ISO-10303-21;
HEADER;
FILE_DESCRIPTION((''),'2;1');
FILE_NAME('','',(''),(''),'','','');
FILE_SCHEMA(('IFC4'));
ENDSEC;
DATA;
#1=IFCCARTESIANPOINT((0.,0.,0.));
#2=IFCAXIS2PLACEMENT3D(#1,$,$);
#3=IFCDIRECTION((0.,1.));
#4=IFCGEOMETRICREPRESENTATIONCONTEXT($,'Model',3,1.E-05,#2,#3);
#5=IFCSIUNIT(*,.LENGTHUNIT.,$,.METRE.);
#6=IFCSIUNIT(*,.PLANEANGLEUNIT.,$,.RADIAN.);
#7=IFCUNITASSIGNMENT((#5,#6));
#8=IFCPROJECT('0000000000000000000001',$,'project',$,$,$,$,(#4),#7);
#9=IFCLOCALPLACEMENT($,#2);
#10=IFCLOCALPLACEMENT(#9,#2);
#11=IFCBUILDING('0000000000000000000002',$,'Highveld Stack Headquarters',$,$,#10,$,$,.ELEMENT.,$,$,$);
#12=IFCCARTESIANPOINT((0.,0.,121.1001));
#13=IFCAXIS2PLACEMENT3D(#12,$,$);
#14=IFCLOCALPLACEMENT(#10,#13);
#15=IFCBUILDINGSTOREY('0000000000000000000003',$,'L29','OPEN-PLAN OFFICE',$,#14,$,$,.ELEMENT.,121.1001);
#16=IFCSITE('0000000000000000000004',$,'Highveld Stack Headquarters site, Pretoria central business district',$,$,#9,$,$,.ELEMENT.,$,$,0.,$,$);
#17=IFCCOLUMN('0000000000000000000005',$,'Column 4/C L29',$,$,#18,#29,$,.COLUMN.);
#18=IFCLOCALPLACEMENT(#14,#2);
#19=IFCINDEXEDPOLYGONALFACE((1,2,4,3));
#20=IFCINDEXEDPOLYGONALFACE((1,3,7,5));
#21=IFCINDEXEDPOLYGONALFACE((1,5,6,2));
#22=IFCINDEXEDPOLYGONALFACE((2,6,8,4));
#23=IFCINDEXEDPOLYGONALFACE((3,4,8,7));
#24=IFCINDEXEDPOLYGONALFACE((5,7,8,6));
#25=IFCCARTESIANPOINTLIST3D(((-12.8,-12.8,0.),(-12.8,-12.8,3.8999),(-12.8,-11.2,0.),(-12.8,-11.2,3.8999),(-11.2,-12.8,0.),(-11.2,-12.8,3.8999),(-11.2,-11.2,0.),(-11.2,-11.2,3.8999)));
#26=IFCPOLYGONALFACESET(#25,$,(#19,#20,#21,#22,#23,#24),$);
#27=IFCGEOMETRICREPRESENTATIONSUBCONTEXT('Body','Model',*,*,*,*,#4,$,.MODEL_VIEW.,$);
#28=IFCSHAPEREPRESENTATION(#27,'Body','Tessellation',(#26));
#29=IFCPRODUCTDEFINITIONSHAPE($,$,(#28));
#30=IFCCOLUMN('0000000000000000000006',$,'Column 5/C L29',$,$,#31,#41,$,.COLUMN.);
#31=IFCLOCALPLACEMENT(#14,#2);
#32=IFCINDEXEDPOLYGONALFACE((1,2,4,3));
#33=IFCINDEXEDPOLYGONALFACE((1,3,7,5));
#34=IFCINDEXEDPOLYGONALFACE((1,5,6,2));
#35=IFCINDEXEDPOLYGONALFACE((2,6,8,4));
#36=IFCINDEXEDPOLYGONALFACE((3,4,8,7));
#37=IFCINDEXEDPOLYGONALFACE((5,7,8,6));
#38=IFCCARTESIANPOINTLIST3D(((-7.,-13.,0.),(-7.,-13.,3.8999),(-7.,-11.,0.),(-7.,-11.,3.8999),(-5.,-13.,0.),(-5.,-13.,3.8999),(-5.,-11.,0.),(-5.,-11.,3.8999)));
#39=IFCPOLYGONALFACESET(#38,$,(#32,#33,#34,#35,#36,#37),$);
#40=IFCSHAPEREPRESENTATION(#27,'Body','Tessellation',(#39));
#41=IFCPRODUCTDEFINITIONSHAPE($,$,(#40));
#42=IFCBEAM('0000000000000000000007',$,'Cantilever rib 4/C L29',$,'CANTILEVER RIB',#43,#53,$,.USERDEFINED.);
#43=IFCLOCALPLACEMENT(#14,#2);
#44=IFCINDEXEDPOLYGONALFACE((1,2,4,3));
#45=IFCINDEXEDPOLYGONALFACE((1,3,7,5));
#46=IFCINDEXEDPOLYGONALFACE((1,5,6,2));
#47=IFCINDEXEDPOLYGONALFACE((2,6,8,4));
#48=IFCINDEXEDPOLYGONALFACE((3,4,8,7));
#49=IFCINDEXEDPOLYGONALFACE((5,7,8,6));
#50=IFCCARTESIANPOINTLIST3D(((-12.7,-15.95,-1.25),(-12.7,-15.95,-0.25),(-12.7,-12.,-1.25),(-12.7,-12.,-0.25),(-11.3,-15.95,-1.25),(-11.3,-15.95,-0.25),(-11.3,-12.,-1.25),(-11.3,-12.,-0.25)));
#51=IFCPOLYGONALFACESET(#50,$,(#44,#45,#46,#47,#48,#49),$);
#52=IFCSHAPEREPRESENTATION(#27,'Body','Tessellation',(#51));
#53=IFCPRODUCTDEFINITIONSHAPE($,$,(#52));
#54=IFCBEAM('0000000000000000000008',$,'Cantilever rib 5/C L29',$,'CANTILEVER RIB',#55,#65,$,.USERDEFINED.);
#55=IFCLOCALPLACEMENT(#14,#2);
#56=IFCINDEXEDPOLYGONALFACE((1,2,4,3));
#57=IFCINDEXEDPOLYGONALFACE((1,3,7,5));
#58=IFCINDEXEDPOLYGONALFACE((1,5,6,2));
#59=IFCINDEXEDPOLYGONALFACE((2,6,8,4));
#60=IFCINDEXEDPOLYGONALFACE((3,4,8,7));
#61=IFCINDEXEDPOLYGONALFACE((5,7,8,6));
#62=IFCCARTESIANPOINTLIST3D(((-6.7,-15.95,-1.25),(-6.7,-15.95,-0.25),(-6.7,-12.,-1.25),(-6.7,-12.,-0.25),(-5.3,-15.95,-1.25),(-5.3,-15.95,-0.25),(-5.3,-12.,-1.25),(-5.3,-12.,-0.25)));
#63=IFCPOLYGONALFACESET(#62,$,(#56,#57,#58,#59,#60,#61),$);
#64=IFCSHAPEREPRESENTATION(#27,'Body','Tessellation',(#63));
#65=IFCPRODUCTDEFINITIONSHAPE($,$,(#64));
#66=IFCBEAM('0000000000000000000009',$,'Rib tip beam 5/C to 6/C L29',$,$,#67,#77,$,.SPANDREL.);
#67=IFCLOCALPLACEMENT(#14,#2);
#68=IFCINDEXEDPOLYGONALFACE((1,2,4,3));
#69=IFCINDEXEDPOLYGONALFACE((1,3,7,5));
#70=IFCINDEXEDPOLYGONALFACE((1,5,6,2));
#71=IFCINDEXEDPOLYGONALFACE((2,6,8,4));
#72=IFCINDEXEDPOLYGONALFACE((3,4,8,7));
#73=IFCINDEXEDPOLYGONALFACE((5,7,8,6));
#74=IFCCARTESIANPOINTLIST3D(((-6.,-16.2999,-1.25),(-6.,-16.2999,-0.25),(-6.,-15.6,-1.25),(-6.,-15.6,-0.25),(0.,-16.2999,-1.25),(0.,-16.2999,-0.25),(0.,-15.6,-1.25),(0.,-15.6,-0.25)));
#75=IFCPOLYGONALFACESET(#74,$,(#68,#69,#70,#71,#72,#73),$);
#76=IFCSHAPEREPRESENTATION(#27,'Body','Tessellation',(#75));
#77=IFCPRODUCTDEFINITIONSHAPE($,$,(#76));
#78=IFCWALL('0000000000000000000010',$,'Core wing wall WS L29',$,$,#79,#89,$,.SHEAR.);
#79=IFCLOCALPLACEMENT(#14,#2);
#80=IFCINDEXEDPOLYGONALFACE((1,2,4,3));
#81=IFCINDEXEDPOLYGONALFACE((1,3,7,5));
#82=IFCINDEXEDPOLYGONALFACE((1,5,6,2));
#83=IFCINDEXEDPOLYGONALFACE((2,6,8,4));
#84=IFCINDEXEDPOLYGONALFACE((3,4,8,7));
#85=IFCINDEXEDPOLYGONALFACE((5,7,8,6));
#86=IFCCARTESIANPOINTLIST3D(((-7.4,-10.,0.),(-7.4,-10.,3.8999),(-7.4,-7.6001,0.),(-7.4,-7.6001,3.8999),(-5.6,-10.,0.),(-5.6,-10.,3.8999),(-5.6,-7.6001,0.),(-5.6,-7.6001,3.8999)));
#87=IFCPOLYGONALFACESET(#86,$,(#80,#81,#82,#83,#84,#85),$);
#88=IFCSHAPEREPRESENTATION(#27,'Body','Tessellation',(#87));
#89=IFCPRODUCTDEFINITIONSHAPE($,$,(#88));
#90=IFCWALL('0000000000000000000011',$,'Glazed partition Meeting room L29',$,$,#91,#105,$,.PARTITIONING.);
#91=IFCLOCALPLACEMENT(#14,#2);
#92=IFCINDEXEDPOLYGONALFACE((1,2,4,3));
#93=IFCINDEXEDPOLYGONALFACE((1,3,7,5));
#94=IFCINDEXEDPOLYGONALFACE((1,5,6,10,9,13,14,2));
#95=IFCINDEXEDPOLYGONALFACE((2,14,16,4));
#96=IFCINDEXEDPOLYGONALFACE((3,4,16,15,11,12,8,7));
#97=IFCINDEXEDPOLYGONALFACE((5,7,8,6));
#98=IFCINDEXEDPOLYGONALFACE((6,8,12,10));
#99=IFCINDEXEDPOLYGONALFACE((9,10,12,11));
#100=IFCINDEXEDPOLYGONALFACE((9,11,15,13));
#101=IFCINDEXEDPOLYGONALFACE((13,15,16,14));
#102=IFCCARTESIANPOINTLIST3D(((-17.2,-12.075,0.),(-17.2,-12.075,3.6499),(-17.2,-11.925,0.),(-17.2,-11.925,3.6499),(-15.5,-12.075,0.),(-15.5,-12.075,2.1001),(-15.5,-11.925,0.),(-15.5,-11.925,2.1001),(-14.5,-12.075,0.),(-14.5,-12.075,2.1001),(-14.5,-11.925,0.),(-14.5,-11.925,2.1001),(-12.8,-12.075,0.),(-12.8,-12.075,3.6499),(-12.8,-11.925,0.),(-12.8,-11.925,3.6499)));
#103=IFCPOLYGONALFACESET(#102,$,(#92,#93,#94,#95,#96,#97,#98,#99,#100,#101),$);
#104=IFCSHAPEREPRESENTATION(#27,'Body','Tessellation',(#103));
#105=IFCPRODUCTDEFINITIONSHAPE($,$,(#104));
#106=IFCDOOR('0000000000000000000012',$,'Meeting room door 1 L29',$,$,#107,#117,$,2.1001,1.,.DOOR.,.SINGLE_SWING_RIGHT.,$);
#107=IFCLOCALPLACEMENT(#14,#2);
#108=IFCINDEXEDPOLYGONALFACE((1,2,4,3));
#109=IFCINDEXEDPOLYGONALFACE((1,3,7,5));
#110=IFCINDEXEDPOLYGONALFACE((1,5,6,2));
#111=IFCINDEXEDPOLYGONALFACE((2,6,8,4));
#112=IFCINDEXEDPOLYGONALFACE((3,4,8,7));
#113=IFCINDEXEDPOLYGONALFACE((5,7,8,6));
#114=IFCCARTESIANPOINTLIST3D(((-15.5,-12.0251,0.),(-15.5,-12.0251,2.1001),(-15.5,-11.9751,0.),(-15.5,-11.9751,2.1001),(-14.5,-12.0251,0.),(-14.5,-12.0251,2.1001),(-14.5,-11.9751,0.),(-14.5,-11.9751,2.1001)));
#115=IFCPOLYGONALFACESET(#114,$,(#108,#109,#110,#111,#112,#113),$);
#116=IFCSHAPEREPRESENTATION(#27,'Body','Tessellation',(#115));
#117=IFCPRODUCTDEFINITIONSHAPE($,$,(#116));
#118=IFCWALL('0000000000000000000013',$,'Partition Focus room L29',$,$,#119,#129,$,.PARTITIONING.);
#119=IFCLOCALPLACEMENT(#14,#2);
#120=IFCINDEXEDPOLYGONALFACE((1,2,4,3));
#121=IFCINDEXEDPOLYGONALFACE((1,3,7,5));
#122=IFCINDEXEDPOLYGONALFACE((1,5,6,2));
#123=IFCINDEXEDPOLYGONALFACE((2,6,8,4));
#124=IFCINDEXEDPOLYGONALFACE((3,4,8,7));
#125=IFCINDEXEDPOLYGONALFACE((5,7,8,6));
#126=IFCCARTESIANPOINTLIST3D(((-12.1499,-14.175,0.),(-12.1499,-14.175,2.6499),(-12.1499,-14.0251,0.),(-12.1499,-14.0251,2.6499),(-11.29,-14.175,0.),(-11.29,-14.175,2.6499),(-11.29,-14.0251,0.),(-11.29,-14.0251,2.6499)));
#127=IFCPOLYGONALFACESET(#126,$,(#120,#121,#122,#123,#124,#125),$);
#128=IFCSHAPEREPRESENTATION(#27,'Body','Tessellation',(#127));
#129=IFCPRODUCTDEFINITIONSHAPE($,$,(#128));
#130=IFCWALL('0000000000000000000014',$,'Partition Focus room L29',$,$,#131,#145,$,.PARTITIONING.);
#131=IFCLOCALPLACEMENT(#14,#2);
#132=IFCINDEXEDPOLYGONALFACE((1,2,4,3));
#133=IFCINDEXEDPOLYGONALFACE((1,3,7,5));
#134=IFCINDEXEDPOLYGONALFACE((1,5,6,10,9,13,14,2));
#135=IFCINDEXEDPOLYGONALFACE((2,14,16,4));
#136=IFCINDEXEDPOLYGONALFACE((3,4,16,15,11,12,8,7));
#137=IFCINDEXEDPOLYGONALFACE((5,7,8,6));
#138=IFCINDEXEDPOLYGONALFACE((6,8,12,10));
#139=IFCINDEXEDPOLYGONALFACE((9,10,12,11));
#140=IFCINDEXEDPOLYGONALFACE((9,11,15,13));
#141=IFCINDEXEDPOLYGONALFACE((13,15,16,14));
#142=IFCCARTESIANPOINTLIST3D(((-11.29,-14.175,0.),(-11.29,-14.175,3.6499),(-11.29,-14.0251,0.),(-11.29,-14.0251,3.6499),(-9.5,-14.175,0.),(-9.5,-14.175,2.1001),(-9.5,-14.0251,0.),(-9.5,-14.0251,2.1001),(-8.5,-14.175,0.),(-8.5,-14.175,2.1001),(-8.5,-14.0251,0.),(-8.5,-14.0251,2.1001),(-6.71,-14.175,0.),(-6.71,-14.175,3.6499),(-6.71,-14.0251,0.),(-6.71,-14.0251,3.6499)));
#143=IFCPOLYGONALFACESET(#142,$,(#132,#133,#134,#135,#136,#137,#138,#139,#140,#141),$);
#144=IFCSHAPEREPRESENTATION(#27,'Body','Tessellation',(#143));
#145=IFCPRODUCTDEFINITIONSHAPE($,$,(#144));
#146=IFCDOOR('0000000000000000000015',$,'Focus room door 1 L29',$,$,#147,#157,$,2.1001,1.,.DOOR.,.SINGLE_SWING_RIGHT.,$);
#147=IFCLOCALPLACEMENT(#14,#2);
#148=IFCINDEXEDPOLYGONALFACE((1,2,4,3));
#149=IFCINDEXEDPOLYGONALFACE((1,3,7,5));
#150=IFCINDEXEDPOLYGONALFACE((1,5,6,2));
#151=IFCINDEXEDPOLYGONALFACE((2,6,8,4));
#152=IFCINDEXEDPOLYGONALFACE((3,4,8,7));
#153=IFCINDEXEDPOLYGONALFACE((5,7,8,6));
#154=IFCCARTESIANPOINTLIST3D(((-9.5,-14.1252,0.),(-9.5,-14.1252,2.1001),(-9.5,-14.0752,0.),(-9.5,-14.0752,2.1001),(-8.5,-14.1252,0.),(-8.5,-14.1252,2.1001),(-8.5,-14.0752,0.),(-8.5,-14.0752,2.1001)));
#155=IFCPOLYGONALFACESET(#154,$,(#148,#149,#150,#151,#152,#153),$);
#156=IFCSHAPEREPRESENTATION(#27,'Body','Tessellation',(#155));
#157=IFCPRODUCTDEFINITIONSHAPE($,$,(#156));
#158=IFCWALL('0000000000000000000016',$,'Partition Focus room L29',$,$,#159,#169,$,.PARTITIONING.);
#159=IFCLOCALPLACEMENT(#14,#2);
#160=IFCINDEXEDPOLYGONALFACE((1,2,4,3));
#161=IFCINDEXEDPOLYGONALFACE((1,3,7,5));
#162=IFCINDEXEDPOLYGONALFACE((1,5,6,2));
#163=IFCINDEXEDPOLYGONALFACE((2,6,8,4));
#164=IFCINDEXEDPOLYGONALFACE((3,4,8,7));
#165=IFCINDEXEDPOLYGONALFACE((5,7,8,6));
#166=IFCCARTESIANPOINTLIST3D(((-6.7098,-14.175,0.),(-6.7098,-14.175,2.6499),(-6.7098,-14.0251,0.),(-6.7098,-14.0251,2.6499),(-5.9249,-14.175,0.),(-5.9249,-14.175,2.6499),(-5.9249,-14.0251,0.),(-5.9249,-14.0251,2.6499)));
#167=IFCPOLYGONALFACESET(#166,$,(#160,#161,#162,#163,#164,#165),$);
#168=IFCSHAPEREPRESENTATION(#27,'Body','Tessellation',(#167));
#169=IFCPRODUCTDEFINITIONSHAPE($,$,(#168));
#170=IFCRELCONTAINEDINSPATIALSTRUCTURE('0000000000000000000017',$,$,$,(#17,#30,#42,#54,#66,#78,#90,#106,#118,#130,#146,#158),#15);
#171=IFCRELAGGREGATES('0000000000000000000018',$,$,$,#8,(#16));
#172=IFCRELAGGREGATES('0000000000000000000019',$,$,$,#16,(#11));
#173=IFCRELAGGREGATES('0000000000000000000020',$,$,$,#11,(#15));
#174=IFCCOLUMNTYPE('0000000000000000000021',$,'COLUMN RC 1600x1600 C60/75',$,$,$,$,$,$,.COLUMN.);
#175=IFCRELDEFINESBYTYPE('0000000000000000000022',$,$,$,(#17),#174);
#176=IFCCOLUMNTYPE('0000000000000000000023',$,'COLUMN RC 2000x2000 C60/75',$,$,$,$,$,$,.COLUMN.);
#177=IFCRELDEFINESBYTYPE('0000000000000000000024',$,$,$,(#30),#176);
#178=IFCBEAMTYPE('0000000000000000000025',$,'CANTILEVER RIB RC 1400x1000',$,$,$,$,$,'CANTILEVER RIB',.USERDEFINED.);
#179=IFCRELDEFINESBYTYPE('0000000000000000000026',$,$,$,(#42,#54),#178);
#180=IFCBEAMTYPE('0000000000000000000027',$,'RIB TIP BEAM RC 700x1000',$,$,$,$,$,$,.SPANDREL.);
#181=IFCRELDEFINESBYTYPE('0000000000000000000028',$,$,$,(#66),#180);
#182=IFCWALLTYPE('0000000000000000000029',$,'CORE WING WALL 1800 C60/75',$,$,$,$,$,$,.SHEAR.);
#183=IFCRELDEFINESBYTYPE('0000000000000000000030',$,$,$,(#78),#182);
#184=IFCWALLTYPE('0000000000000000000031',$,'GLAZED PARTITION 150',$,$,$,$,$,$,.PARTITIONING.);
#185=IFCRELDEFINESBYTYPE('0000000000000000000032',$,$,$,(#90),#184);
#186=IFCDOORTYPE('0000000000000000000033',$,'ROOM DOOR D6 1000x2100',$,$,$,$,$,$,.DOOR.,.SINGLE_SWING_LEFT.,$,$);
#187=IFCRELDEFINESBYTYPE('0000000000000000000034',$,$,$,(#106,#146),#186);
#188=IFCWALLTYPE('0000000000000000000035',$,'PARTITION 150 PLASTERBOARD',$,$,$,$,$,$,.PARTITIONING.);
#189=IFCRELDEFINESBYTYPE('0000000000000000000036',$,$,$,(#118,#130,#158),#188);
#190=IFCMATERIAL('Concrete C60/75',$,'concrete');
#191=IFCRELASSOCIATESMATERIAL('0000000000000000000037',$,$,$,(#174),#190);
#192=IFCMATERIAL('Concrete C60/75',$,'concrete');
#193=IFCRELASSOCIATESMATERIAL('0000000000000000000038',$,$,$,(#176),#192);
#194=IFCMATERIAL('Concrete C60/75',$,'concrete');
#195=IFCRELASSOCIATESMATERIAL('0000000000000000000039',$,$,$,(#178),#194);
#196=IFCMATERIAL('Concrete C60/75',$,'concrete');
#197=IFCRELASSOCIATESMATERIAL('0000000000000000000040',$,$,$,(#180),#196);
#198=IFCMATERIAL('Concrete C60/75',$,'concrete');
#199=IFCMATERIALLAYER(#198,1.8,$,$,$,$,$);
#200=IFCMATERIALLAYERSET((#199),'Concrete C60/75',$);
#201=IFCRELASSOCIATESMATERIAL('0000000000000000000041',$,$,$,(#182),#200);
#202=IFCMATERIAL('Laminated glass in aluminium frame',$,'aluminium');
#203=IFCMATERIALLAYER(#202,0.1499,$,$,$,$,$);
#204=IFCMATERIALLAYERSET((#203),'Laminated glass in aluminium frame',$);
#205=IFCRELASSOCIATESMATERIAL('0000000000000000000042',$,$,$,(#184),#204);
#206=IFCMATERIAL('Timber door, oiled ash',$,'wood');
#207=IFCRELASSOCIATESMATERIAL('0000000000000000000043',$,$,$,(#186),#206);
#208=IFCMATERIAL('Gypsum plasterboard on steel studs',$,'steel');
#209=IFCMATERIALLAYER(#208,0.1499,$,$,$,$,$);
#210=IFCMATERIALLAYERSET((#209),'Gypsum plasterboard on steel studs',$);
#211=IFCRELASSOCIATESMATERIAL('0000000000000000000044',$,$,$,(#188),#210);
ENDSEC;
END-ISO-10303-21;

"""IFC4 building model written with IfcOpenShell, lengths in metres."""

from ifc_helpers import new_model, si_unit, direction, frame, frame_2d, origin, origin_2d, place, context, subcontext, project, spatial, rectangle, extrude, material, layer, layer_set, material_profile, profile_set, type_object, element, fill, save


model = new_model("IFC4")

# Units and contexts
model_context = context("Model", 3, precision=1e-05, world=origin(), true_north=direction((0.0, 1.0)))
body_context = subcontext(model_context, "Body", "Model", "MODEL_VIEW")
ifc_project = project(units=[si_unit("LENGTHUNIT", "METRE"), si_unit("PLANEANGLEUNIT", "RADIAN")], contexts=[model_context])

# Site, building, storey
site_placement = place(None, origin())
site = spatial("IfcSite", under=ifc_project, at=site_placement, Name="Highveld Stack Headquarters site, Pretoria central business district", CompositionType="ELEMENT", RefElevation=0.0)
building_placement = place(site_placement, origin())
building = spatial("IfcBuilding", under=site, at=building_placement, Name="Highveld Stack Headquarters", CompositionType="ELEMENT")
storey_placement = place(building_placement, frame((0.0, 0.0, 121.1001)))
storey = spatial("IfcBuildingStorey", under=building, at=storey_placement, Name="L29", Description="OPEN-PLAN OFFICE", CompositionType="ELEMENT", Elevation=121.1001)

# Columns
ifc_material_1 = material(Name="Concrete C60/75", Category="concrete")
ifc_material_profile_1 = material_profile(ifc_material_1, rectangle(XDim=1.6001, YDim=1.6001, at=origin_2d()), Name="RC 1600x1600")
ifc_profile_set_1 = profile_set([ifc_material_profile_1], Name="Concrete C60/75")
column_type_1 = type_object("IfcColumnType", Name="COLUMN RC 1600x1600 C60/75", PredefinedType="COLUMN", material=ifc_profile_set_1)
column_1_placement = place(storey_placement, frame((-12.0, -12.0, 0.0), z_axis=(0.0, 0.0, 1.0), x_axis=(1.0, 0.0, 0.0)))
element("IfcColumn", 1, at=column_1_placement, inside=storey, type_object=column_type_1, Name="Column 4/C L29", PredefinedType="COLUMN", context=body_context, shape_type="SweptSolid", body=[
    extrude(rectangle(XDim=1.6001, YDim=1.6001, at=origin_2d()), origin(), (0.0, 0.0, 1.0), 3.8999),
])
ifc_material_2 = material(Name="Concrete C60/75", Category="concrete")
ifc_material_profile_2 = material_profile(ifc_material_2, rectangle(XDim=2.0, YDim=2.0, at=origin_2d()), Name="RC 2000x2000")
ifc_profile_set_2 = profile_set([ifc_material_profile_2], Name="Concrete C60/75")
column_type_2 = type_object("IfcColumnType", Name="COLUMN RC 2000x2000 C60/75", PredefinedType="COLUMN", material=ifc_profile_set_2)
column_2_placement = place(storey_placement, frame((-6.0, -12.0, 0.0), z_axis=(0.0, 0.0, 1.0), x_axis=(1.0, 0.0, 0.0)))
element("IfcColumn", 2, at=column_2_placement, inside=storey, type_object=column_type_2, Name="Column 5/C L29", PredefinedType="COLUMN", context=body_context, shape_type="SweptSolid", body=[
    extrude(rectangle(XDim=2.0, YDim=2.0, at=origin_2d()), origin(), (0.0, 0.0, 1.0), 3.8999),
])

# Beams
ifc_material_3 = material(Name="Concrete C60/75", Category="concrete")
ifc_material_profile_3 = material_profile(ifc_material_3, rectangle(XDim=1.3999, YDim=1.0, at=origin_2d()), Name="RC 1400x1000")
ifc_profile_set_3 = profile_set([ifc_material_profile_3], Name="Concrete C60/75")
beam_type_1 = type_object("IfcBeamType", Name="CANTILEVER RIB RC 1400x1000", ElementType="CANTILEVER RIB", PredefinedType="USERDEFINED", material=ifc_profile_set_3)
for number, where, z_axis, x_axis, name in (
    (3, (-12.0, -12.0, -0.75), (0.0, -1.0, 0.0), (1.0, 0.0, 0.0), "Cantilever rib 4/C L29"),
    (4, (-6.0, -12.0, -0.75), (0.0, -1.0, 0.0), (1.0, 0.0, 0.0), "Cantilever rib 5/C L29"),
):
    element("IfcBeam", number, at=place(storey_placement, frame(where, z_axis=z_axis, x_axis=x_axis)), inside=storey, type_object=beam_type_1, Name=name, ObjectType="CANTILEVER RIB", PredefinedType="USERDEFINED", context=body_context, shape_type="SweptSolid", body=[
        extrude(rectangle(XDim=1.3999, YDim=1.0, at=origin_2d()), origin(), (0.0, 0.0, 1.0), 3.95),
    ])
ifc_material_4 = material(Name="Concrete C60/75", Category="concrete")
ifc_material_profile_4 = material_profile(ifc_material_4, rectangle(XDim=0.7, YDim=1.0, at=origin_2d()), Name="RC 700x1000")
ifc_profile_set_4 = profile_set([ifc_material_profile_4], Name="Concrete C60/75")
beam_type_2 = type_object("IfcBeamType", Name="RIB TIP BEAM RC 700x1000", PredefinedType="SPANDREL", material=ifc_profile_set_4)
beam_placement = place(storey_placement, frame((-6.0, -15.95, -0.75), z_axis=(1.0, 0.0, 0.0), x_axis=(0.0, 1.0, 0.0)))
element("IfcBeam", 5, at=beam_placement, inside=storey, type_object=beam_type_2, Name="Rib tip beam 5/C to 6/C L29", PredefinedType="SPANDREL", context=body_context, shape_type="SweptSolid", body=[
    extrude(rectangle(XDim=0.7, YDim=1.0, at=origin_2d()), origin(), (0.0, 0.0, 1.0), 6.0),
])

# Wall
ifc_material_5 = material(Name="Concrete C60/75", Category="concrete")
ifc_layer_1 = layer(ifc_material_5, 1.8)
ifc_layer_set_1 = layer_set([ifc_layer_1], Name="Concrete C60/75")
wall_type_1 = type_object("IfcWallType", Name="CORE WING WALL 1800 C60/75", PredefinedType="SHEAR", material=ifc_layer_set_1)
wall_1_placement = place(storey_placement, frame((-6.5, -10.0, 0.0), z_axis=(0.0, 0.0, 1.0), x_axis=(0.0, 1.0, 0.0)))
element("IfcWall", 6, at=wall_1_placement, inside=storey, type_object=wall_type_1, Name="Core wing wall WS L29", PredefinedType="SHEAR", context=body_context, shape_type="SweptSolid", body=[
    extrude(rectangle(XDim=2.3999, YDim=1.8, at=frame_2d((1.2, 0.0))), origin(), (0.0, 0.0, 1.0), 3.8999),
])

# Wall, opening, door
ifc_material_6 = material(Name="Laminated glass in aluminium frame", Category="aluminium")
ifc_layer_2 = layer(ifc_material_6, 0.1499)
ifc_layer_set_2 = layer_set([ifc_layer_2], Name="Laminated glass in aluminium frame")
wall_type_2 = type_object("IfcWallType", Name="GLAZED PARTITION 150", PredefinedType="PARTITIONING", material=ifc_layer_set_2)
wall_2_placement = place(storey_placement, frame((-17.2, -12.0, 0.0), z_axis=(0.0, 0.0, 1.0), x_axis=(1.0, 0.0, 0.0)))
wall_2 = element("IfcWall", 7, at=wall_2_placement, inside=storey, type_object=wall_type_2, Name="Glazed partition Meeting room L29", PredefinedType="PARTITIONING", context=body_context, shape_type="SweptSolid", body=[
    extrude(rectangle(XDim=4.3999, YDim=0.1499, at=frame_2d((2.2, 0.0))), origin(), (0.0, 0.0, 1.0), 3.6499),
])
opening_1_placement = place(wall_2_placement, frame((1.7, 0.0, 0.0)))
opening_1 = element("IfcOpeningElement", 8, at=opening_1_placement, cuts=wall_2, PredefinedType="OPENING", context=body_context, shape_type="SweptSolid", body=[
    extrude(rectangle(XDim=1.0, YDim=2.1001, at=frame_2d((0.5, 1.05))), frame((0.0, 0.085, 0.0), z_axis=(0.0, -1.0, 0.0), x_axis=(1.0, 0.0, 0.0)), (0.0, 0.0, 1.0), 0.1699),
])
ifc_material_7 = material(Name="Timber door, oiled ash", Category="wood")
door_type_1 = type_object("IfcDoorType", Name="ROOM DOOR D6 1000x2100", OperationType="SINGLE_SWING_LEFT", PredefinedType="DOOR", material=ifc_material_7)
door_1_placement = place(opening_1_placement, origin())
door_1 = element("IfcDoor", 9, at=door_1_placement, inside=storey, type_object=door_type_1, Name="Meeting room door 1 L29", OperationType="SINGLE_SWING_RIGHT", OverallHeight=2.1001, OverallWidth=1.0, PredefinedType="DOOR", context=body_context, shape_type="SweptSolid", body=[
    extrude(rectangle(XDim=1.0, YDim=2.1001, at=frame_2d((0.5, 1.05))), frame((0.0, 0.0249, 0.0), z_axis=(0.0, -1.0, 0.0), x_axis=(1.0, 0.0, 0.0)), (0.0, 0.0, 1.0), 0.05),
])
fill(opening_1, door_1)

# Wall
ifc_material_8 = material(Name="Gypsum plasterboard on steel studs", Category="steel")
ifc_layer_3 = layer(ifc_material_8, 0.1499)
ifc_layer_set_3 = layer_set([ifc_layer_3], Name="Gypsum plasterboard on steel studs")
wall_type_3 = type_object("IfcWallType", Name="PARTITION 150 PLASTERBOARD", PredefinedType="PARTITIONING", material=ifc_layer_set_3)
wall_3_placement = place(storey_placement, frame((-12.1499, -14.1001, 0.0), z_axis=(0.0, 0.0, 1.0), x_axis=(1.0, 0.0, 0.0)))
element("IfcWall", 10, at=wall_3_placement, inside=storey, type_object=wall_type_3, Name="Partition Focus room L29", PredefinedType="PARTITIONING", context=body_context, shape_type="SweptSolid", body=[
    extrude(rectangle(XDim=0.8599, YDim=0.1499, at=frame_2d((0.4299, 0.0))), origin(), (0.0, 0.0, 1.0), 2.6499),
])

# Wall, opening, door
wall_4_placement = place(storey_placement, frame((-11.29, -14.1001, 0.0), z_axis=(0.0, 0.0, 1.0), x_axis=(1.0, 0.0, 0.0)))
wall_4 = element("IfcWall", 11, at=wall_4_placement, inside=storey, type_object=wall_type_3, Name="Partition Focus room L29", PredefinedType="PARTITIONING", context=body_context, shape_type="SweptSolid", body=[
    extrude(rectangle(XDim=4.5801, YDim=0.1499, at=frame_2d((2.29, 0.0))), origin(), (0.0, 0.0, 1.0), 3.6499),
])
opening_2_placement = place(wall_4_placement, frame((1.79, 0.0, 0.0)))
opening_2 = element("IfcOpeningElement", 12, at=opening_2_placement, cuts=wall_4, PredefinedType="OPENING", context=body_context, shape_type="SweptSolid", body=[
    extrude(rectangle(XDim=1.0, YDim=2.1001, at=frame_2d((0.5, 1.05))), frame((0.0, 0.085, 0.0), z_axis=(0.0, -1.0, 0.0), x_axis=(1.0, 0.0, 0.0)), (0.0, 0.0, 1.0), 0.1699),
])
door_2_placement = place(opening_2_placement, origin())
door_2 = element("IfcDoor", 13, at=door_2_placement, inside=storey, type_object=door_type_1, Name="Focus room door 1 L29", OperationType="SINGLE_SWING_RIGHT", OverallHeight=2.1001, OverallWidth=1.0, PredefinedType="DOOR", context=body_context, shape_type="SweptSolid", body=[
    extrude(rectangle(XDim=1.0, YDim=2.1001, at=frame_2d((0.5, 1.05))), frame((0.0, 0.0249, 0.0), z_axis=(0.0, -1.0, 0.0), x_axis=(1.0, 0.0, 0.0)), (0.0, 0.0, 1.0), 0.05),
])
fill(opening_2, door_2)

# Wall
wall_5_placement = place(storey_placement, frame((-6.71, -14.1001, 0.0), z_axis=(0.0, 0.0, 1.0), x_axis=(1.0, 0.0, 0.0)))
element("IfcWall", 14, at=wall_5_placement, inside=storey, type_object=wall_type_3, Name="Partition Focus room L29", PredefinedType="PARTITIONING", context=body_context, shape_type="SweptSolid", body=[
    extrude(rectangle(XDim=0.7849, YDim=0.1499, at=frame_2d((0.3926, 0.0))), origin(), (0.0, 0.0, 1.0), 2.6499),
])

save(model, "model.ifc")
